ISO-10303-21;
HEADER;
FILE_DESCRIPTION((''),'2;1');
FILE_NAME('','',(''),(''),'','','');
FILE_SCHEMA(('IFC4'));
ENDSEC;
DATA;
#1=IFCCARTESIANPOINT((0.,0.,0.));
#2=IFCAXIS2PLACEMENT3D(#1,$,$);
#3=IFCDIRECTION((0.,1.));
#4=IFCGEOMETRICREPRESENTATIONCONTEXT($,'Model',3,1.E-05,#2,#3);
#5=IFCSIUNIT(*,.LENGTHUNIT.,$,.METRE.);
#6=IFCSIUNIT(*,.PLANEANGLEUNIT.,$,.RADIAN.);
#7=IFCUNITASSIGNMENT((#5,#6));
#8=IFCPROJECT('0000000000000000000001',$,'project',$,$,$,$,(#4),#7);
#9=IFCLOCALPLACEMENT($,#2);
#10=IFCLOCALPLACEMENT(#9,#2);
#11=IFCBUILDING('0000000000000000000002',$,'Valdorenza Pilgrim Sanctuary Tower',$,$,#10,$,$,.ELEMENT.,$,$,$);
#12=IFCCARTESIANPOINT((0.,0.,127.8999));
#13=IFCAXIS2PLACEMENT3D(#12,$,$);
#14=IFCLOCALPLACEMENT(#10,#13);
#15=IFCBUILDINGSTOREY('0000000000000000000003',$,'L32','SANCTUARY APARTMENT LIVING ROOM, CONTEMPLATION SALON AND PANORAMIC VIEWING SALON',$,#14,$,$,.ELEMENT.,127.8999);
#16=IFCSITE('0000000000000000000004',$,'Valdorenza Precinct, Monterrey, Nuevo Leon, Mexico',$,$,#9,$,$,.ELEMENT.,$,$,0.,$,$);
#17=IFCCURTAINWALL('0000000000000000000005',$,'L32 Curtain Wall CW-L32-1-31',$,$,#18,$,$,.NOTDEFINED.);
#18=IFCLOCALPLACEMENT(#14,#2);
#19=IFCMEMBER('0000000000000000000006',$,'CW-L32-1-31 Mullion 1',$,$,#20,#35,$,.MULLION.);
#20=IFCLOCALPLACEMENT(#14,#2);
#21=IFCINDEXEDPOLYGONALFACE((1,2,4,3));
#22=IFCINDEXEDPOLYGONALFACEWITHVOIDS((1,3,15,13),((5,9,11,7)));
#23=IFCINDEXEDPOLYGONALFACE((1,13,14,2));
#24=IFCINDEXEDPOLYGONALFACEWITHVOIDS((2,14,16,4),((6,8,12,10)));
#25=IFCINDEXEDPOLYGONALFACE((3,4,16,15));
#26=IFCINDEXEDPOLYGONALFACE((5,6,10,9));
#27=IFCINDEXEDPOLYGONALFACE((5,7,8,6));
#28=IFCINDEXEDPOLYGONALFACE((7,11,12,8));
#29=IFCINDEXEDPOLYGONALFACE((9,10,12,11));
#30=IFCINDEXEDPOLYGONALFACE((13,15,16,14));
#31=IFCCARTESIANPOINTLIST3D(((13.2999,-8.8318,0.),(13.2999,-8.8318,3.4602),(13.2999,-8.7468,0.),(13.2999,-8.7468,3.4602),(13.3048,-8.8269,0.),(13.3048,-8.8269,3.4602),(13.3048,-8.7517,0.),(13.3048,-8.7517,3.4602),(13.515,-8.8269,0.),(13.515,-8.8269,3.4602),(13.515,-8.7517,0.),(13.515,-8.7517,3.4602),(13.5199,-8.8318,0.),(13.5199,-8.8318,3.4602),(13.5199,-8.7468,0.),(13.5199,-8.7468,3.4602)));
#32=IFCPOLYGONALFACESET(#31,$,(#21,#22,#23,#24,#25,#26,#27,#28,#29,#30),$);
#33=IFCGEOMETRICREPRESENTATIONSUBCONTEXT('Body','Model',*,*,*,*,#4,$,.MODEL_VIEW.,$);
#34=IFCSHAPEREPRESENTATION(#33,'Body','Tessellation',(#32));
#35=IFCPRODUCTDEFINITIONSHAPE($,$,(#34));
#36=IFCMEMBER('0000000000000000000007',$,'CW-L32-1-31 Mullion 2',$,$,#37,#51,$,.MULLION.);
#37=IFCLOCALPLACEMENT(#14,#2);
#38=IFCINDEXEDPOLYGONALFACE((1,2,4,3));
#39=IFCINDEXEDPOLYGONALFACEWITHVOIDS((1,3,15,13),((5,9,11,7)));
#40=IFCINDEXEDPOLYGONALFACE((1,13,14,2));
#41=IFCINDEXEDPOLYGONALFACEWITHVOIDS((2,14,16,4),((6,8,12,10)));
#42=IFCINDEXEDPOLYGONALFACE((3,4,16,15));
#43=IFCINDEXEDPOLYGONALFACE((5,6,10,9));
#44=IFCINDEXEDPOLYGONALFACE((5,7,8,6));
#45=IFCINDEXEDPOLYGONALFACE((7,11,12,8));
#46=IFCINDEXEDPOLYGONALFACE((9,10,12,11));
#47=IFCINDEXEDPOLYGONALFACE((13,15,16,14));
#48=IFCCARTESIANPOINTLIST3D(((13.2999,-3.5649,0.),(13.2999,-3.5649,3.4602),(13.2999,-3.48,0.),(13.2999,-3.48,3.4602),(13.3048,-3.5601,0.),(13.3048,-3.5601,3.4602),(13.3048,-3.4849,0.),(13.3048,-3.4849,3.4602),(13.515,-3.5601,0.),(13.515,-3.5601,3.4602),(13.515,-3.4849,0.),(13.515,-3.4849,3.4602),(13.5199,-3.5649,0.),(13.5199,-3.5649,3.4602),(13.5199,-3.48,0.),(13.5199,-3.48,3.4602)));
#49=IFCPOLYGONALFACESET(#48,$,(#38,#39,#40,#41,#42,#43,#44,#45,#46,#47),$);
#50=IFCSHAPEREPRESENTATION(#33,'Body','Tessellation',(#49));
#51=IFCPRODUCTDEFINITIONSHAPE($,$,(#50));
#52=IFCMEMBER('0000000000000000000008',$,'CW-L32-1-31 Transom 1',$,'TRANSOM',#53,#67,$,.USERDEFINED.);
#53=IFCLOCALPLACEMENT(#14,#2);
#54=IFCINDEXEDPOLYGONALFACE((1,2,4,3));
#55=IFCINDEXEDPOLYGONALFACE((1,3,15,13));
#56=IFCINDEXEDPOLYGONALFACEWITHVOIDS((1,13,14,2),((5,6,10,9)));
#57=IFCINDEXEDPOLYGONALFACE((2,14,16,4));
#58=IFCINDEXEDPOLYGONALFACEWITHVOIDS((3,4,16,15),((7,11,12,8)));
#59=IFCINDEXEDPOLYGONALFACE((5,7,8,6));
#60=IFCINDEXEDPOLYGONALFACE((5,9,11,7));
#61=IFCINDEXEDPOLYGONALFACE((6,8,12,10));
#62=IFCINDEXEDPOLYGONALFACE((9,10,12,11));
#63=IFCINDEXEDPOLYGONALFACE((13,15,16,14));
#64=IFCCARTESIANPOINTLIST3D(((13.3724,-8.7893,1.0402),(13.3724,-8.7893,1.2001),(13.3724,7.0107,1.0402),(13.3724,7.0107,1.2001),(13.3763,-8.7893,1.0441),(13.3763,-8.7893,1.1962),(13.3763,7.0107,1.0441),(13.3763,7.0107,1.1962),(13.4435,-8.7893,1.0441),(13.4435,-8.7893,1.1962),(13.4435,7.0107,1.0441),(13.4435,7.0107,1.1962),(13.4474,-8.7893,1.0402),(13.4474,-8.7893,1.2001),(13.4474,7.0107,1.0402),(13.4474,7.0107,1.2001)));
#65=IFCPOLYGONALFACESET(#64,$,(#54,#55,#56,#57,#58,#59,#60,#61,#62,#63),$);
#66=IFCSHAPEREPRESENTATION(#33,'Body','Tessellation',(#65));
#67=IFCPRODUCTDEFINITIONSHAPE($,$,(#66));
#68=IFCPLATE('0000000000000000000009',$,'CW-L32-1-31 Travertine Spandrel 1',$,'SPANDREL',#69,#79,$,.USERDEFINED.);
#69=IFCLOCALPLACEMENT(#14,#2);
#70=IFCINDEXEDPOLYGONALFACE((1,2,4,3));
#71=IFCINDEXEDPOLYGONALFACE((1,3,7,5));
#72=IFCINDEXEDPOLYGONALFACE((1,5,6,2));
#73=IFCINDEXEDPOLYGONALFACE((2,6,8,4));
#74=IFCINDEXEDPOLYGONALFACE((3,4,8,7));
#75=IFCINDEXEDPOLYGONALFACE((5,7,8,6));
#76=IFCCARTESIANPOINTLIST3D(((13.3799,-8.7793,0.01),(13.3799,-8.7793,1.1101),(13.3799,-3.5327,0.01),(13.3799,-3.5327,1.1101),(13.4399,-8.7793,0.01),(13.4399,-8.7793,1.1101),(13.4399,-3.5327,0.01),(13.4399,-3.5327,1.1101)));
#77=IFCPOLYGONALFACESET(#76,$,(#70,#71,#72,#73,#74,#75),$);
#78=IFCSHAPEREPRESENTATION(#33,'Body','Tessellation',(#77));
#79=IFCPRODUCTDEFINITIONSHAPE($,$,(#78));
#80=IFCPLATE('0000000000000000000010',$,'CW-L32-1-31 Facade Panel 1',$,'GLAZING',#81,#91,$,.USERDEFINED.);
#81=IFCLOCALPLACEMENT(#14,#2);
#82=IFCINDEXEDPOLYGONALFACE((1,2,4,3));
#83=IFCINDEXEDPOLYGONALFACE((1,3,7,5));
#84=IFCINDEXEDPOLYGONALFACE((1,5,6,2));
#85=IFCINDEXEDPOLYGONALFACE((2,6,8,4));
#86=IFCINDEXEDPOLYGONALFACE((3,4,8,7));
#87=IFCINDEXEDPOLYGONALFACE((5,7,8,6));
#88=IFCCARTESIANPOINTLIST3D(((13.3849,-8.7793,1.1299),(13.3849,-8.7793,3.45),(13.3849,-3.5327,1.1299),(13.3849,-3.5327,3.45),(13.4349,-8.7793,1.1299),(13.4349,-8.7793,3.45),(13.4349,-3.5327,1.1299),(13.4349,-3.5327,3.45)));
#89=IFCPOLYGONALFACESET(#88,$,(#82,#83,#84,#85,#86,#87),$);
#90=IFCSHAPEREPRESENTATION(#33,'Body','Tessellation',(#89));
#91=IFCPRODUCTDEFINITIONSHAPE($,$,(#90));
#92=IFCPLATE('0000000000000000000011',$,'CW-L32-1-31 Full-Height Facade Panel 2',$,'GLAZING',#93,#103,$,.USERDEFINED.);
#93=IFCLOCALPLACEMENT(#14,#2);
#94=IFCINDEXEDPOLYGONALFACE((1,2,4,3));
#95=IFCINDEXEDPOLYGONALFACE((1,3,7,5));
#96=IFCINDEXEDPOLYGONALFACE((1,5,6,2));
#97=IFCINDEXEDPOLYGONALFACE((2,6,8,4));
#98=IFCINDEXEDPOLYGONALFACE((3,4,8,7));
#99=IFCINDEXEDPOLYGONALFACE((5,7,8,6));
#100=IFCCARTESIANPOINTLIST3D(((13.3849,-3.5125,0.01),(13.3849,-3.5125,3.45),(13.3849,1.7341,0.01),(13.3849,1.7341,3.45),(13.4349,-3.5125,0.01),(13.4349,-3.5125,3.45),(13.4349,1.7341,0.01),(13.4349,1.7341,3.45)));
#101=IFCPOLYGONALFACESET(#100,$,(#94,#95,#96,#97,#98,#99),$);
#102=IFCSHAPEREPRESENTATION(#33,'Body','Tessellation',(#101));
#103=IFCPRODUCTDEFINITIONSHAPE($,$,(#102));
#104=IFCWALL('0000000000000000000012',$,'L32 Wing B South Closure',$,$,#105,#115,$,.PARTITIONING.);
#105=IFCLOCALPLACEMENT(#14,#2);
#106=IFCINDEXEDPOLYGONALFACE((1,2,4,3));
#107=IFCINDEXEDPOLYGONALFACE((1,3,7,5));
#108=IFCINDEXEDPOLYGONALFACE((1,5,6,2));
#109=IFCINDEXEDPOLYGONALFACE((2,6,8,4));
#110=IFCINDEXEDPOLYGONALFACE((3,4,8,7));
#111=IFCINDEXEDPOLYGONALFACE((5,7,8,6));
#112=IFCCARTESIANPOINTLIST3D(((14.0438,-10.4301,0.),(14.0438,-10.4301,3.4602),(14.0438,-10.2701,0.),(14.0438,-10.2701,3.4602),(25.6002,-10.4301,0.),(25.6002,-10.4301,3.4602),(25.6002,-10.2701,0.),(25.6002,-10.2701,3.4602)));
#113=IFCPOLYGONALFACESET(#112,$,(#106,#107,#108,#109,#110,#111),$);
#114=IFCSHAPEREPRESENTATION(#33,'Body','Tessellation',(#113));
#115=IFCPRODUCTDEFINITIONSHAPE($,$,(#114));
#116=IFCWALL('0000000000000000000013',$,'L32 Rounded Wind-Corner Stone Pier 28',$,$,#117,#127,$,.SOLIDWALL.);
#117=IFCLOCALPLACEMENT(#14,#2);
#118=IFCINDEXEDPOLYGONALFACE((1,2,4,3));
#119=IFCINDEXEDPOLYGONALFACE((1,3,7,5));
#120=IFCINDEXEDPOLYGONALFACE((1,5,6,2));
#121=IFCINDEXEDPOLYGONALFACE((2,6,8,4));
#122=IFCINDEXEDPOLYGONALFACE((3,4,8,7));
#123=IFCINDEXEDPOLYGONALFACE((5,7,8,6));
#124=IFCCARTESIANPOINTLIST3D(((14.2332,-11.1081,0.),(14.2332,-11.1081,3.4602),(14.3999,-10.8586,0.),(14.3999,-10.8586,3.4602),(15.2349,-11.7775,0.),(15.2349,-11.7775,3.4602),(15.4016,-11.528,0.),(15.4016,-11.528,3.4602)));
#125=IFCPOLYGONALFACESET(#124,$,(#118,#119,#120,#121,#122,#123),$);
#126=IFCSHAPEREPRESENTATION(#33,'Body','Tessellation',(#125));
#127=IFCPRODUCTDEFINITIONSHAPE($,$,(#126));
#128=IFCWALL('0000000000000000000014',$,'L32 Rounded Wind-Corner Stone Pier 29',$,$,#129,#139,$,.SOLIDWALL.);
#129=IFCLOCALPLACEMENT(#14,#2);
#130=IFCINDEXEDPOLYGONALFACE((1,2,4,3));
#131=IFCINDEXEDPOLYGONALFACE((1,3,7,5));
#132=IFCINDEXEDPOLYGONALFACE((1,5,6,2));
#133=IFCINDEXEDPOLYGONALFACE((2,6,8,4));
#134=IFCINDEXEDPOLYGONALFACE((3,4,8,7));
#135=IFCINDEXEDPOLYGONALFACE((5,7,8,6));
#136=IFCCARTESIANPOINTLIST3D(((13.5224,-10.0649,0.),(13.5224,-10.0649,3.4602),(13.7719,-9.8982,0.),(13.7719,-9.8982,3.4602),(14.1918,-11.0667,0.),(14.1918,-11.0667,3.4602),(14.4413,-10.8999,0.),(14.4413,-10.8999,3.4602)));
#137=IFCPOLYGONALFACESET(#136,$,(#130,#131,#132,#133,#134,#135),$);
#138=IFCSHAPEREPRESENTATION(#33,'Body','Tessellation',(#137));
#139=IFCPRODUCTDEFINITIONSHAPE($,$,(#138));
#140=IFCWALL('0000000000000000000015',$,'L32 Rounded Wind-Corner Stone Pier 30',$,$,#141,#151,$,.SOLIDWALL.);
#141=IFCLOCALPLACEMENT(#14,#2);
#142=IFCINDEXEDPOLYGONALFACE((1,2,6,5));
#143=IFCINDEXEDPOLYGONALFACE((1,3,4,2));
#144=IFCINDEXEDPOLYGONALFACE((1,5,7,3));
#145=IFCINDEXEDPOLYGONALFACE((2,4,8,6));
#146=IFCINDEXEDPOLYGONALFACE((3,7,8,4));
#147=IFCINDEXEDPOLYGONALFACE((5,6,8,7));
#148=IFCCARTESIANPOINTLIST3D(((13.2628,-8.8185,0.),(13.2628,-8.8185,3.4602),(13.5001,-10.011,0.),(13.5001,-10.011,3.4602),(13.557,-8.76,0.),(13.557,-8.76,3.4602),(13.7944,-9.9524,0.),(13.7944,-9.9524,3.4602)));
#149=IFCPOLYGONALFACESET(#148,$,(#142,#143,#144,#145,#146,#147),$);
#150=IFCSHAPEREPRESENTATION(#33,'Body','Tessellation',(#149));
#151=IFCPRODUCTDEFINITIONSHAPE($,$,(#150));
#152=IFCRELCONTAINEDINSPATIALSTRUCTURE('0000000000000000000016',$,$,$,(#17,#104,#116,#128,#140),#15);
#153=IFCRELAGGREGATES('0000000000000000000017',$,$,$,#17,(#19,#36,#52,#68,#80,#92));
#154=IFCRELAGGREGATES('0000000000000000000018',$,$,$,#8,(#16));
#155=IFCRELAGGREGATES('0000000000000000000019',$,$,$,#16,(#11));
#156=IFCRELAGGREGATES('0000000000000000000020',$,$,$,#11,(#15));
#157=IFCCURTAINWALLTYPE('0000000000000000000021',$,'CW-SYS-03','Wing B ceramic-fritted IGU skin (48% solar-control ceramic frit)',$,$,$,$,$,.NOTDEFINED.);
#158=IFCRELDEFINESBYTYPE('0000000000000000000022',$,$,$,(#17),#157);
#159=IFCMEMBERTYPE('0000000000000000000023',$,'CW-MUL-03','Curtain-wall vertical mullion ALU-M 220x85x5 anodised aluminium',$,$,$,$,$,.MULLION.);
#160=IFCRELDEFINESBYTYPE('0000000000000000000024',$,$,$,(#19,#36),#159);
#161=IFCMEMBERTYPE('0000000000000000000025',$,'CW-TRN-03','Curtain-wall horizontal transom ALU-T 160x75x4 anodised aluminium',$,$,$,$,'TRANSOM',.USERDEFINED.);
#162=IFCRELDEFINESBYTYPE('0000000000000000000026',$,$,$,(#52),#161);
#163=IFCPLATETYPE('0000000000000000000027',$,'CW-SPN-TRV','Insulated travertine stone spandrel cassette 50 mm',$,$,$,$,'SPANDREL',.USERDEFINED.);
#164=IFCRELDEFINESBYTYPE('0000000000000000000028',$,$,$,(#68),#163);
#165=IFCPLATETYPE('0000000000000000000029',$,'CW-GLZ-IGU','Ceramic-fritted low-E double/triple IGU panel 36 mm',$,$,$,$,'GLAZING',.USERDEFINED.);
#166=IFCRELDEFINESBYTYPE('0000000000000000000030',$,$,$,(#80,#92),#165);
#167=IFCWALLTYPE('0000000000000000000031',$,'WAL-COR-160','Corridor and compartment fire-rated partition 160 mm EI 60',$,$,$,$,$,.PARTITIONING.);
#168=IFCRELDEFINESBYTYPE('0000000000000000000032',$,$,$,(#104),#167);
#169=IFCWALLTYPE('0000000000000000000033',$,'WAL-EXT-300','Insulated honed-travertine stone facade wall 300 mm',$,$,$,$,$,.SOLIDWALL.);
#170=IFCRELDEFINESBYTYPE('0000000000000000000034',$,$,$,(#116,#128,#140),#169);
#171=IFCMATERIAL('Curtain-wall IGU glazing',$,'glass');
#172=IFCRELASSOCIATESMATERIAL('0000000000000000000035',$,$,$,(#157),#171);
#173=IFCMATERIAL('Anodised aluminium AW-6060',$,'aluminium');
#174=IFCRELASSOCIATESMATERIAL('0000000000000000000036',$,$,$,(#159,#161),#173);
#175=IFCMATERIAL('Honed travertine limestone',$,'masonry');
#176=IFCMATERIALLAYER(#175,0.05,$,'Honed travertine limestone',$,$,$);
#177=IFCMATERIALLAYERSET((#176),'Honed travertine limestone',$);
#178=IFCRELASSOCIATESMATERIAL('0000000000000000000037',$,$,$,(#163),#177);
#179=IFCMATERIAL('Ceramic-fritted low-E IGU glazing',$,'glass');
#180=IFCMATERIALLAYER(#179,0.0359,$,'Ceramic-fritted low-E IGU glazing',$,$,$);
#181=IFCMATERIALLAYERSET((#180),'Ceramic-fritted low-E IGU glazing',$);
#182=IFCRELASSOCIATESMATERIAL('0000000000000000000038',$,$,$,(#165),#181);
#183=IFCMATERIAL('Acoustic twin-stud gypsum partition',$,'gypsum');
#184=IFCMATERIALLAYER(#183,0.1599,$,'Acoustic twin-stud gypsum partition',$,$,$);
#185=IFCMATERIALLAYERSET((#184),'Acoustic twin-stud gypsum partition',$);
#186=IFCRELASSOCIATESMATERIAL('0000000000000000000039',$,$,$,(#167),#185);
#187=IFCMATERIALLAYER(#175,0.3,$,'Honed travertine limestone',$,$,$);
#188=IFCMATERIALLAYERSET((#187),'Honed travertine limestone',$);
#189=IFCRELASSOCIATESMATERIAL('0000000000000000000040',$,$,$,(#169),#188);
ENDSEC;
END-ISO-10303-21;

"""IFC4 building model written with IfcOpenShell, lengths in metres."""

from ifc_helpers import new_model, si_unit, direction, frame, frame_2d, origin, origin_2d, place, context, subcontext, project, spatial, rectangle, hollow_rectangle, extrude, source, transform, mapped, material, layer, layer_set, material_profile, profile_set, type_object, element, aggregate, save


model = new_model("IFC4")

# Units and contexts
model_context = context("Model", 3, precision=1e-05, world=origin(), true_north=direction((0.0, 1.0)))
body_context = subcontext(model_context, "Body", "Model", "MODEL_VIEW")
ifc_project = project(units=[si_unit("LENGTHUNIT", "METRE"), si_unit("PLANEANGLEUNIT", "RADIAN")], contexts=[model_context])

# Site, building, storey
site_placement = place(None, origin())
site = spatial("IfcSite", under=ifc_project, at=site_placement, Name="Valdorenza Precinct, Monterrey, Nuevo Leon, Mexico", CompositionType="ELEMENT", RefElevation=0.0)
building_placement = place(site_placement, origin())
building = spatial("IfcBuilding", under=site, at=building_placement, Name="Valdorenza Pilgrim Sanctuary Tower", CompositionType="ELEMENT")
storey_placement = place(building_placement, frame((0.0, 0.0, 127.8999)))
storey = spatial("IfcBuildingStorey", under=building, at=storey_placement, Name="L32", Description="SANCTUARY APARTMENT LIVING ROOM, CONTEMPLATION SALON AND PANORAMIC VIEWING SALON", CompositionType="ELEMENT", Elevation=127.8999)

# Curtain wall, members, plates
ifc_material_1 = material(Name="Curtain-wall IGU glazing", Category="glass")
curtain_wall_type = type_object("IfcCurtainWallType", Name="CW-SYS-03", Description="Wing B ceramic-fritted IGU skin (48% solar-control ceramic frit)", PredefinedType="NOTDEFINED", material=ifc_material_1)
curtain_wall_placement = place(storey_placement, origin())
curtain_wall = element("IfcCurtainWall", 1, at=curtain_wall_placement, inside=storey, type_object=curtain_wall_type, Name="L32 Curtain Wall CW-L32-1-31", PredefinedType="NOTDEFINED")
ifc_material_2 = material(Name="Anodised aluminium AW-6060", Category="aluminium")
ifc_material_profile_1 = material_profile(ifc_material_2, hollow_rectangle(XDim=0.085, YDim=0.22, WallThickness=0.0049, at=origin_2d()), Name="ALU-M 220x85x5")
ifc_profile_set_1 = profile_set([ifc_material_profile_1], Name="Anodised aluminium AW-6060")
member_type_1 = type_object("IfcMemberType", Name="CW-MUL-03", Description="Curtain-wall vertical mullion ALU-M 220x85x5 anodised aluminium", PredefinedType="MULLION", material=ifc_profile_set_1)
shared_shape_1 = source(origin(), body_context, "Body", "SweptSolid", [
    extrude(hollow_rectangle(XDim=0.085, YDim=0.22, WallThickness=0.0049, at=origin_2d()), origin(), (0.0, 0.0, 1.0), 3.4602),
])
member_1_placement = place(storey_placement, frame((13.4099, -8.7893, 0.0), z_axis=(0.0, 0.0, 1.0), x_axis=(0.0, 1.0, 0.0)))
member_1 = element("IfcMember", 2, at=member_1_placement, type_object=member_type_1, Name="CW-L32-1-31 Mullion 1", PredefinedType="MULLION", context=body_context, shape_type="MappedRepresentation", body=[
    mapped(shared_shape_1, transform((0.0, 0.0, 0.0), x_axis=(1.0, 0.0, 0.0), y_axis=(0.0, 1.0, 0.0), z_axis=(0.0, 0.0, 1.0), scale=1.0)),
])
member_2_placement = place(storey_placement, frame((13.4099, -3.5225, 0.0), z_axis=(0.0, 0.0, 1.0), x_axis=(0.0, 1.0, 0.0)))
member_2 = element("IfcMember", 3, at=member_2_placement, type_object=member_type_1, Name="CW-L32-1-31 Mullion 2", PredefinedType="MULLION", context=body_context, shape_type="MappedRepresentation", body=[
    mapped(shared_shape_1, transform((0.0, 0.0, 0.0), x_axis=(1.0, 0.0, 0.0), y_axis=(0.0, 1.0, 0.0), z_axis=(0.0, 0.0, 1.0), scale=1.0)),
])
ifc_material_profile_2 = material_profile(ifc_material_2, hollow_rectangle(XDim=0.075, YDim=0.1599, WallThickness=0.0039, at=origin_2d()), Name="ALU-T 160x75x4")
ifc_profile_set_2 = profile_set([ifc_material_profile_2], Name="Anodised aluminium AW-6060")
member_type_2 = type_object("IfcMemberType", Name="CW-TRN-03", Description="Curtain-wall horizontal transom ALU-T 160x75x4 anodised aluminium", ElementType="TRANSOM", PredefinedType="USERDEFINED", material=ifc_profile_set_2)
shared_shape_2 = source(origin(), body_context, "Body", "SweptSolid", [
    extrude(hollow_rectangle(XDim=0.075, YDim=0.1599, WallThickness=0.0039, at=origin_2d()), origin(), (0.0, 0.0, 1.0), 15.8),
])
member_3_placement = place(storey_placement, frame((13.4099, -8.7893, 1.1201), z_axis=(0.0, 1.0, 0.0), x_axis=(-1.0, 0.0, 0.0)))
member_3 = element("IfcMember", 4, at=member_3_placement, type_object=member_type_2, Name="CW-L32-1-31 Transom 1", ObjectType="TRANSOM", PredefinedType="USERDEFINED", context=body_context, shape_type="MappedRepresentation", body=[
    mapped(shared_shape_2, transform((0.0, 0.0, 0.0), x_axis=(1.0, 0.0, 0.0), y_axis=(0.0, 1.0, 0.0), z_axis=(0.0, 0.0, 1.0), scale=1.0)),
])
ifc_material_3 = material(Name="Honed travertine limestone", Category="masonry")
ifc_layer_1 = layer(ifc_material_3, 0.05, Name="Honed travertine limestone")
ifc_layer_set_1 = layer_set([ifc_layer_1], Name="Honed travertine limestone")
plate_type_1 = type_object("IfcPlateType", Name="CW-SPN-TRV", Description="Insulated travertine stone spandrel cassette 50 mm", ElementType="SPANDREL", PredefinedType="USERDEFINED", material=ifc_layer_set_1)
shared_shape_3 = source(origin(), body_context, "Body", "SweptSolid", [
    extrude(rectangle(XDim=5.2466, YDim=0.0601, at=origin_2d()), origin(), (0.0, 0.0, 1.0), 1.1001),
])
plate_1_placement = place(storey_placement, frame((13.4099, -6.156, 0.01), z_axis=(0.0, 0.0, 1.0), x_axis=(0.0, 1.0, 0.0)))
plate_1 = element("IfcPlate", 5, at=plate_1_placement, type_object=plate_type_1, Name="CW-L32-1-31 Travertine Spandrel 1", ObjectType="SPANDREL", PredefinedType="USERDEFINED", context=body_context, shape_type="MappedRepresentation", body=[
    mapped(shared_shape_3, transform((0.0, 0.0, 0.0), x_axis=(1.0, 0.0, 0.0), y_axis=(0.0, 1.0, 0.0), z_axis=(0.0, 0.0, 1.0), scale=1.0)),
])
ifc_material_4 = material(Name="Ceramic-fritted low-E IGU glazing", Category="glass")
ifc_layer_2 = layer(ifc_material_4, 0.0359, Name="Ceramic-fritted low-E IGU glazing")
ifc_layer_set_2 = layer_set([ifc_layer_2], Name="Ceramic-fritted low-E IGU glazing")
plate_type_2 = type_object("IfcPlateType", Name="CW-GLZ-IGU", Description="Ceramic-fritted low-E double/triple IGU panel 36 mm", ElementType="GLAZING", PredefinedType="USERDEFINED", material=ifc_layer_set_2)
shared_shape_4 = source(origin(), body_context, "Body", "SweptSolid", [
    extrude(rectangle(XDim=5.2466, YDim=0.05, at=origin_2d()), origin(), (0.0, 0.0, 1.0), 2.3201),
])
plate_2_placement = place(storey_placement, frame((13.4099, -6.156, 1.1299), z_axis=(0.0, 0.0, 1.0), x_axis=(0.0, 1.0, 0.0)))
plate_2 = element("IfcPlate", 6, at=plate_2_placement, type_object=plate_type_2, Name="CW-L32-1-31 Facade Panel 1", ObjectType="GLAZING", PredefinedType="USERDEFINED", context=body_context, shape_type="MappedRepresentation", body=[
    mapped(shared_shape_4, transform((0.0, 0.0, 0.0), x_axis=(1.0, 0.0, 0.0), y_axis=(0.0, 1.0, 0.0), z_axis=(0.0, 0.0, 1.0), scale=1.0)),
])
shared_shape_5 = source(origin(), body_context, "Body", "SweptSolid", [
    extrude(rectangle(XDim=5.2466, YDim=0.05, at=origin_2d()), origin(), (0.0, 0.0, 1.0), 3.4399),
])
plate_3_placement = place(storey_placement, frame((13.4099, -0.8892, 0.01), z_axis=(0.0, 0.0, 1.0), x_axis=(0.0, 1.0, 0.0)))
plate_3 = element("IfcPlate", 7, at=plate_3_placement, type_object=plate_type_2, Name="CW-L32-1-31 Full-Height Facade Panel 2", ObjectType="GLAZING", PredefinedType="USERDEFINED", context=body_context, shape_type="MappedRepresentation", body=[
    mapped(shared_shape_5, transform((0.0, 0.0, 0.0), x_axis=(1.0, 0.0, 0.0), y_axis=(0.0, 1.0, 0.0), z_axis=(0.0, 0.0, 1.0), scale=1.0)),
])
aggregate(curtain_wall, [member_1, member_2, member_3, plate_1, plate_2, plate_3])

# Walls
ifc_material_5 = material(Name="Acoustic twin-stud gypsum partition", Category="gypsum")
ifc_layer_3 = layer(ifc_material_5, 0.1599, Name="Acoustic twin-stud gypsum partition")
ifc_layer_set_3 = layer_set([ifc_layer_3], Name="Acoustic twin-stud gypsum partition")
wall_type_1 = type_object("IfcWallType", Name="WAL-COR-160", Description="Corridor and compartment fire-rated partition 160 mm EI 60", PredefinedType="PARTITIONING", material=ifc_layer_set_3)
wall_1_placement = place(storey_placement, frame((14.0437, -10.3501, 0.0), z_axis=(0.0, 0.0, 1.0), x_axis=(1.0, 0.0, 0.0)))
element("IfcWall", 8, at=wall_1_placement, inside=storey, type_object=wall_type_1, Name="L32 Wing B South Closure", PredefinedType="PARTITIONING", context=body_context, shape_type="SweptSolid", body=[
    extrude(rectangle(XDim=11.5564, YDim=0.1599, at=frame_2d((5.7783, 0.0))), origin(), (0.0, 0.0, 1.0), 3.4602),
])
ifc_layer_4 = layer(ifc_material_3, 0.3, Name="Honed travertine limestone")
ifc_layer_set_4 = layer_set([ifc_layer_4], Name="Honed travertine limestone")
wall_type_2 = type_object("IfcWallType", Name="WAL-EXT-300", Description="Insulated honed-travertine stone facade wall 300 mm", PredefinedType="SOLIDWALL", material=ifc_layer_set_4)
for number, where, z_axis, x_axis, name in (
    (9, (15.3184, -11.6528, 0.0), (0.0, 0.0, 1.0), (-0.831426, 0.555635, 0.0), "L32 Rounded Wind-Corner Stone Pier 28"),
    (10, (14.3167, -10.9834, 0.0), (0.0, 0.0, 1.0), (-0.555635, 0.831426, 0.0), "L32 Rounded Wind-Corner Stone Pier 29"),
):
    element("IfcWall", number, at=place(storey_placement, frame(where, z_axis=z_axis, x_axis=x_axis)), inside=storey, type_object=wall_type_2, Name=name, PredefinedType="SOLIDWALL", context=body_context, shape_type="SweptSolid", body=[
        extrude(rectangle(XDim=1.2048, YDim=0.3, at=frame_2d((0.6025, 0.0))), origin(), (0.0, 0.0, 1.0), 3.4602),
    ])
wall_2_placement = place(storey_placement, frame((13.6472, -9.9817, 0.0), z_axis=(0.0, 0.0, 1.0), x_axis=(-0.195189, 0.980766, 0.0)))
element("IfcWall", 11, at=wall_2_placement, inside=storey, type_object=wall_type_2, Name="L32 Rounded Wind-Corner Stone Pier 30", PredefinedType="SOLIDWALL", context=body_context, shape_type="SweptSolid", body=[
    extrude(rectangle(XDim=1.2158, YDim=0.3, at=frame_2d((0.6079, 0.0))), origin(), (0.0, 0.0, 1.0), 3.4602),
])

save(model, "model.ifc")
